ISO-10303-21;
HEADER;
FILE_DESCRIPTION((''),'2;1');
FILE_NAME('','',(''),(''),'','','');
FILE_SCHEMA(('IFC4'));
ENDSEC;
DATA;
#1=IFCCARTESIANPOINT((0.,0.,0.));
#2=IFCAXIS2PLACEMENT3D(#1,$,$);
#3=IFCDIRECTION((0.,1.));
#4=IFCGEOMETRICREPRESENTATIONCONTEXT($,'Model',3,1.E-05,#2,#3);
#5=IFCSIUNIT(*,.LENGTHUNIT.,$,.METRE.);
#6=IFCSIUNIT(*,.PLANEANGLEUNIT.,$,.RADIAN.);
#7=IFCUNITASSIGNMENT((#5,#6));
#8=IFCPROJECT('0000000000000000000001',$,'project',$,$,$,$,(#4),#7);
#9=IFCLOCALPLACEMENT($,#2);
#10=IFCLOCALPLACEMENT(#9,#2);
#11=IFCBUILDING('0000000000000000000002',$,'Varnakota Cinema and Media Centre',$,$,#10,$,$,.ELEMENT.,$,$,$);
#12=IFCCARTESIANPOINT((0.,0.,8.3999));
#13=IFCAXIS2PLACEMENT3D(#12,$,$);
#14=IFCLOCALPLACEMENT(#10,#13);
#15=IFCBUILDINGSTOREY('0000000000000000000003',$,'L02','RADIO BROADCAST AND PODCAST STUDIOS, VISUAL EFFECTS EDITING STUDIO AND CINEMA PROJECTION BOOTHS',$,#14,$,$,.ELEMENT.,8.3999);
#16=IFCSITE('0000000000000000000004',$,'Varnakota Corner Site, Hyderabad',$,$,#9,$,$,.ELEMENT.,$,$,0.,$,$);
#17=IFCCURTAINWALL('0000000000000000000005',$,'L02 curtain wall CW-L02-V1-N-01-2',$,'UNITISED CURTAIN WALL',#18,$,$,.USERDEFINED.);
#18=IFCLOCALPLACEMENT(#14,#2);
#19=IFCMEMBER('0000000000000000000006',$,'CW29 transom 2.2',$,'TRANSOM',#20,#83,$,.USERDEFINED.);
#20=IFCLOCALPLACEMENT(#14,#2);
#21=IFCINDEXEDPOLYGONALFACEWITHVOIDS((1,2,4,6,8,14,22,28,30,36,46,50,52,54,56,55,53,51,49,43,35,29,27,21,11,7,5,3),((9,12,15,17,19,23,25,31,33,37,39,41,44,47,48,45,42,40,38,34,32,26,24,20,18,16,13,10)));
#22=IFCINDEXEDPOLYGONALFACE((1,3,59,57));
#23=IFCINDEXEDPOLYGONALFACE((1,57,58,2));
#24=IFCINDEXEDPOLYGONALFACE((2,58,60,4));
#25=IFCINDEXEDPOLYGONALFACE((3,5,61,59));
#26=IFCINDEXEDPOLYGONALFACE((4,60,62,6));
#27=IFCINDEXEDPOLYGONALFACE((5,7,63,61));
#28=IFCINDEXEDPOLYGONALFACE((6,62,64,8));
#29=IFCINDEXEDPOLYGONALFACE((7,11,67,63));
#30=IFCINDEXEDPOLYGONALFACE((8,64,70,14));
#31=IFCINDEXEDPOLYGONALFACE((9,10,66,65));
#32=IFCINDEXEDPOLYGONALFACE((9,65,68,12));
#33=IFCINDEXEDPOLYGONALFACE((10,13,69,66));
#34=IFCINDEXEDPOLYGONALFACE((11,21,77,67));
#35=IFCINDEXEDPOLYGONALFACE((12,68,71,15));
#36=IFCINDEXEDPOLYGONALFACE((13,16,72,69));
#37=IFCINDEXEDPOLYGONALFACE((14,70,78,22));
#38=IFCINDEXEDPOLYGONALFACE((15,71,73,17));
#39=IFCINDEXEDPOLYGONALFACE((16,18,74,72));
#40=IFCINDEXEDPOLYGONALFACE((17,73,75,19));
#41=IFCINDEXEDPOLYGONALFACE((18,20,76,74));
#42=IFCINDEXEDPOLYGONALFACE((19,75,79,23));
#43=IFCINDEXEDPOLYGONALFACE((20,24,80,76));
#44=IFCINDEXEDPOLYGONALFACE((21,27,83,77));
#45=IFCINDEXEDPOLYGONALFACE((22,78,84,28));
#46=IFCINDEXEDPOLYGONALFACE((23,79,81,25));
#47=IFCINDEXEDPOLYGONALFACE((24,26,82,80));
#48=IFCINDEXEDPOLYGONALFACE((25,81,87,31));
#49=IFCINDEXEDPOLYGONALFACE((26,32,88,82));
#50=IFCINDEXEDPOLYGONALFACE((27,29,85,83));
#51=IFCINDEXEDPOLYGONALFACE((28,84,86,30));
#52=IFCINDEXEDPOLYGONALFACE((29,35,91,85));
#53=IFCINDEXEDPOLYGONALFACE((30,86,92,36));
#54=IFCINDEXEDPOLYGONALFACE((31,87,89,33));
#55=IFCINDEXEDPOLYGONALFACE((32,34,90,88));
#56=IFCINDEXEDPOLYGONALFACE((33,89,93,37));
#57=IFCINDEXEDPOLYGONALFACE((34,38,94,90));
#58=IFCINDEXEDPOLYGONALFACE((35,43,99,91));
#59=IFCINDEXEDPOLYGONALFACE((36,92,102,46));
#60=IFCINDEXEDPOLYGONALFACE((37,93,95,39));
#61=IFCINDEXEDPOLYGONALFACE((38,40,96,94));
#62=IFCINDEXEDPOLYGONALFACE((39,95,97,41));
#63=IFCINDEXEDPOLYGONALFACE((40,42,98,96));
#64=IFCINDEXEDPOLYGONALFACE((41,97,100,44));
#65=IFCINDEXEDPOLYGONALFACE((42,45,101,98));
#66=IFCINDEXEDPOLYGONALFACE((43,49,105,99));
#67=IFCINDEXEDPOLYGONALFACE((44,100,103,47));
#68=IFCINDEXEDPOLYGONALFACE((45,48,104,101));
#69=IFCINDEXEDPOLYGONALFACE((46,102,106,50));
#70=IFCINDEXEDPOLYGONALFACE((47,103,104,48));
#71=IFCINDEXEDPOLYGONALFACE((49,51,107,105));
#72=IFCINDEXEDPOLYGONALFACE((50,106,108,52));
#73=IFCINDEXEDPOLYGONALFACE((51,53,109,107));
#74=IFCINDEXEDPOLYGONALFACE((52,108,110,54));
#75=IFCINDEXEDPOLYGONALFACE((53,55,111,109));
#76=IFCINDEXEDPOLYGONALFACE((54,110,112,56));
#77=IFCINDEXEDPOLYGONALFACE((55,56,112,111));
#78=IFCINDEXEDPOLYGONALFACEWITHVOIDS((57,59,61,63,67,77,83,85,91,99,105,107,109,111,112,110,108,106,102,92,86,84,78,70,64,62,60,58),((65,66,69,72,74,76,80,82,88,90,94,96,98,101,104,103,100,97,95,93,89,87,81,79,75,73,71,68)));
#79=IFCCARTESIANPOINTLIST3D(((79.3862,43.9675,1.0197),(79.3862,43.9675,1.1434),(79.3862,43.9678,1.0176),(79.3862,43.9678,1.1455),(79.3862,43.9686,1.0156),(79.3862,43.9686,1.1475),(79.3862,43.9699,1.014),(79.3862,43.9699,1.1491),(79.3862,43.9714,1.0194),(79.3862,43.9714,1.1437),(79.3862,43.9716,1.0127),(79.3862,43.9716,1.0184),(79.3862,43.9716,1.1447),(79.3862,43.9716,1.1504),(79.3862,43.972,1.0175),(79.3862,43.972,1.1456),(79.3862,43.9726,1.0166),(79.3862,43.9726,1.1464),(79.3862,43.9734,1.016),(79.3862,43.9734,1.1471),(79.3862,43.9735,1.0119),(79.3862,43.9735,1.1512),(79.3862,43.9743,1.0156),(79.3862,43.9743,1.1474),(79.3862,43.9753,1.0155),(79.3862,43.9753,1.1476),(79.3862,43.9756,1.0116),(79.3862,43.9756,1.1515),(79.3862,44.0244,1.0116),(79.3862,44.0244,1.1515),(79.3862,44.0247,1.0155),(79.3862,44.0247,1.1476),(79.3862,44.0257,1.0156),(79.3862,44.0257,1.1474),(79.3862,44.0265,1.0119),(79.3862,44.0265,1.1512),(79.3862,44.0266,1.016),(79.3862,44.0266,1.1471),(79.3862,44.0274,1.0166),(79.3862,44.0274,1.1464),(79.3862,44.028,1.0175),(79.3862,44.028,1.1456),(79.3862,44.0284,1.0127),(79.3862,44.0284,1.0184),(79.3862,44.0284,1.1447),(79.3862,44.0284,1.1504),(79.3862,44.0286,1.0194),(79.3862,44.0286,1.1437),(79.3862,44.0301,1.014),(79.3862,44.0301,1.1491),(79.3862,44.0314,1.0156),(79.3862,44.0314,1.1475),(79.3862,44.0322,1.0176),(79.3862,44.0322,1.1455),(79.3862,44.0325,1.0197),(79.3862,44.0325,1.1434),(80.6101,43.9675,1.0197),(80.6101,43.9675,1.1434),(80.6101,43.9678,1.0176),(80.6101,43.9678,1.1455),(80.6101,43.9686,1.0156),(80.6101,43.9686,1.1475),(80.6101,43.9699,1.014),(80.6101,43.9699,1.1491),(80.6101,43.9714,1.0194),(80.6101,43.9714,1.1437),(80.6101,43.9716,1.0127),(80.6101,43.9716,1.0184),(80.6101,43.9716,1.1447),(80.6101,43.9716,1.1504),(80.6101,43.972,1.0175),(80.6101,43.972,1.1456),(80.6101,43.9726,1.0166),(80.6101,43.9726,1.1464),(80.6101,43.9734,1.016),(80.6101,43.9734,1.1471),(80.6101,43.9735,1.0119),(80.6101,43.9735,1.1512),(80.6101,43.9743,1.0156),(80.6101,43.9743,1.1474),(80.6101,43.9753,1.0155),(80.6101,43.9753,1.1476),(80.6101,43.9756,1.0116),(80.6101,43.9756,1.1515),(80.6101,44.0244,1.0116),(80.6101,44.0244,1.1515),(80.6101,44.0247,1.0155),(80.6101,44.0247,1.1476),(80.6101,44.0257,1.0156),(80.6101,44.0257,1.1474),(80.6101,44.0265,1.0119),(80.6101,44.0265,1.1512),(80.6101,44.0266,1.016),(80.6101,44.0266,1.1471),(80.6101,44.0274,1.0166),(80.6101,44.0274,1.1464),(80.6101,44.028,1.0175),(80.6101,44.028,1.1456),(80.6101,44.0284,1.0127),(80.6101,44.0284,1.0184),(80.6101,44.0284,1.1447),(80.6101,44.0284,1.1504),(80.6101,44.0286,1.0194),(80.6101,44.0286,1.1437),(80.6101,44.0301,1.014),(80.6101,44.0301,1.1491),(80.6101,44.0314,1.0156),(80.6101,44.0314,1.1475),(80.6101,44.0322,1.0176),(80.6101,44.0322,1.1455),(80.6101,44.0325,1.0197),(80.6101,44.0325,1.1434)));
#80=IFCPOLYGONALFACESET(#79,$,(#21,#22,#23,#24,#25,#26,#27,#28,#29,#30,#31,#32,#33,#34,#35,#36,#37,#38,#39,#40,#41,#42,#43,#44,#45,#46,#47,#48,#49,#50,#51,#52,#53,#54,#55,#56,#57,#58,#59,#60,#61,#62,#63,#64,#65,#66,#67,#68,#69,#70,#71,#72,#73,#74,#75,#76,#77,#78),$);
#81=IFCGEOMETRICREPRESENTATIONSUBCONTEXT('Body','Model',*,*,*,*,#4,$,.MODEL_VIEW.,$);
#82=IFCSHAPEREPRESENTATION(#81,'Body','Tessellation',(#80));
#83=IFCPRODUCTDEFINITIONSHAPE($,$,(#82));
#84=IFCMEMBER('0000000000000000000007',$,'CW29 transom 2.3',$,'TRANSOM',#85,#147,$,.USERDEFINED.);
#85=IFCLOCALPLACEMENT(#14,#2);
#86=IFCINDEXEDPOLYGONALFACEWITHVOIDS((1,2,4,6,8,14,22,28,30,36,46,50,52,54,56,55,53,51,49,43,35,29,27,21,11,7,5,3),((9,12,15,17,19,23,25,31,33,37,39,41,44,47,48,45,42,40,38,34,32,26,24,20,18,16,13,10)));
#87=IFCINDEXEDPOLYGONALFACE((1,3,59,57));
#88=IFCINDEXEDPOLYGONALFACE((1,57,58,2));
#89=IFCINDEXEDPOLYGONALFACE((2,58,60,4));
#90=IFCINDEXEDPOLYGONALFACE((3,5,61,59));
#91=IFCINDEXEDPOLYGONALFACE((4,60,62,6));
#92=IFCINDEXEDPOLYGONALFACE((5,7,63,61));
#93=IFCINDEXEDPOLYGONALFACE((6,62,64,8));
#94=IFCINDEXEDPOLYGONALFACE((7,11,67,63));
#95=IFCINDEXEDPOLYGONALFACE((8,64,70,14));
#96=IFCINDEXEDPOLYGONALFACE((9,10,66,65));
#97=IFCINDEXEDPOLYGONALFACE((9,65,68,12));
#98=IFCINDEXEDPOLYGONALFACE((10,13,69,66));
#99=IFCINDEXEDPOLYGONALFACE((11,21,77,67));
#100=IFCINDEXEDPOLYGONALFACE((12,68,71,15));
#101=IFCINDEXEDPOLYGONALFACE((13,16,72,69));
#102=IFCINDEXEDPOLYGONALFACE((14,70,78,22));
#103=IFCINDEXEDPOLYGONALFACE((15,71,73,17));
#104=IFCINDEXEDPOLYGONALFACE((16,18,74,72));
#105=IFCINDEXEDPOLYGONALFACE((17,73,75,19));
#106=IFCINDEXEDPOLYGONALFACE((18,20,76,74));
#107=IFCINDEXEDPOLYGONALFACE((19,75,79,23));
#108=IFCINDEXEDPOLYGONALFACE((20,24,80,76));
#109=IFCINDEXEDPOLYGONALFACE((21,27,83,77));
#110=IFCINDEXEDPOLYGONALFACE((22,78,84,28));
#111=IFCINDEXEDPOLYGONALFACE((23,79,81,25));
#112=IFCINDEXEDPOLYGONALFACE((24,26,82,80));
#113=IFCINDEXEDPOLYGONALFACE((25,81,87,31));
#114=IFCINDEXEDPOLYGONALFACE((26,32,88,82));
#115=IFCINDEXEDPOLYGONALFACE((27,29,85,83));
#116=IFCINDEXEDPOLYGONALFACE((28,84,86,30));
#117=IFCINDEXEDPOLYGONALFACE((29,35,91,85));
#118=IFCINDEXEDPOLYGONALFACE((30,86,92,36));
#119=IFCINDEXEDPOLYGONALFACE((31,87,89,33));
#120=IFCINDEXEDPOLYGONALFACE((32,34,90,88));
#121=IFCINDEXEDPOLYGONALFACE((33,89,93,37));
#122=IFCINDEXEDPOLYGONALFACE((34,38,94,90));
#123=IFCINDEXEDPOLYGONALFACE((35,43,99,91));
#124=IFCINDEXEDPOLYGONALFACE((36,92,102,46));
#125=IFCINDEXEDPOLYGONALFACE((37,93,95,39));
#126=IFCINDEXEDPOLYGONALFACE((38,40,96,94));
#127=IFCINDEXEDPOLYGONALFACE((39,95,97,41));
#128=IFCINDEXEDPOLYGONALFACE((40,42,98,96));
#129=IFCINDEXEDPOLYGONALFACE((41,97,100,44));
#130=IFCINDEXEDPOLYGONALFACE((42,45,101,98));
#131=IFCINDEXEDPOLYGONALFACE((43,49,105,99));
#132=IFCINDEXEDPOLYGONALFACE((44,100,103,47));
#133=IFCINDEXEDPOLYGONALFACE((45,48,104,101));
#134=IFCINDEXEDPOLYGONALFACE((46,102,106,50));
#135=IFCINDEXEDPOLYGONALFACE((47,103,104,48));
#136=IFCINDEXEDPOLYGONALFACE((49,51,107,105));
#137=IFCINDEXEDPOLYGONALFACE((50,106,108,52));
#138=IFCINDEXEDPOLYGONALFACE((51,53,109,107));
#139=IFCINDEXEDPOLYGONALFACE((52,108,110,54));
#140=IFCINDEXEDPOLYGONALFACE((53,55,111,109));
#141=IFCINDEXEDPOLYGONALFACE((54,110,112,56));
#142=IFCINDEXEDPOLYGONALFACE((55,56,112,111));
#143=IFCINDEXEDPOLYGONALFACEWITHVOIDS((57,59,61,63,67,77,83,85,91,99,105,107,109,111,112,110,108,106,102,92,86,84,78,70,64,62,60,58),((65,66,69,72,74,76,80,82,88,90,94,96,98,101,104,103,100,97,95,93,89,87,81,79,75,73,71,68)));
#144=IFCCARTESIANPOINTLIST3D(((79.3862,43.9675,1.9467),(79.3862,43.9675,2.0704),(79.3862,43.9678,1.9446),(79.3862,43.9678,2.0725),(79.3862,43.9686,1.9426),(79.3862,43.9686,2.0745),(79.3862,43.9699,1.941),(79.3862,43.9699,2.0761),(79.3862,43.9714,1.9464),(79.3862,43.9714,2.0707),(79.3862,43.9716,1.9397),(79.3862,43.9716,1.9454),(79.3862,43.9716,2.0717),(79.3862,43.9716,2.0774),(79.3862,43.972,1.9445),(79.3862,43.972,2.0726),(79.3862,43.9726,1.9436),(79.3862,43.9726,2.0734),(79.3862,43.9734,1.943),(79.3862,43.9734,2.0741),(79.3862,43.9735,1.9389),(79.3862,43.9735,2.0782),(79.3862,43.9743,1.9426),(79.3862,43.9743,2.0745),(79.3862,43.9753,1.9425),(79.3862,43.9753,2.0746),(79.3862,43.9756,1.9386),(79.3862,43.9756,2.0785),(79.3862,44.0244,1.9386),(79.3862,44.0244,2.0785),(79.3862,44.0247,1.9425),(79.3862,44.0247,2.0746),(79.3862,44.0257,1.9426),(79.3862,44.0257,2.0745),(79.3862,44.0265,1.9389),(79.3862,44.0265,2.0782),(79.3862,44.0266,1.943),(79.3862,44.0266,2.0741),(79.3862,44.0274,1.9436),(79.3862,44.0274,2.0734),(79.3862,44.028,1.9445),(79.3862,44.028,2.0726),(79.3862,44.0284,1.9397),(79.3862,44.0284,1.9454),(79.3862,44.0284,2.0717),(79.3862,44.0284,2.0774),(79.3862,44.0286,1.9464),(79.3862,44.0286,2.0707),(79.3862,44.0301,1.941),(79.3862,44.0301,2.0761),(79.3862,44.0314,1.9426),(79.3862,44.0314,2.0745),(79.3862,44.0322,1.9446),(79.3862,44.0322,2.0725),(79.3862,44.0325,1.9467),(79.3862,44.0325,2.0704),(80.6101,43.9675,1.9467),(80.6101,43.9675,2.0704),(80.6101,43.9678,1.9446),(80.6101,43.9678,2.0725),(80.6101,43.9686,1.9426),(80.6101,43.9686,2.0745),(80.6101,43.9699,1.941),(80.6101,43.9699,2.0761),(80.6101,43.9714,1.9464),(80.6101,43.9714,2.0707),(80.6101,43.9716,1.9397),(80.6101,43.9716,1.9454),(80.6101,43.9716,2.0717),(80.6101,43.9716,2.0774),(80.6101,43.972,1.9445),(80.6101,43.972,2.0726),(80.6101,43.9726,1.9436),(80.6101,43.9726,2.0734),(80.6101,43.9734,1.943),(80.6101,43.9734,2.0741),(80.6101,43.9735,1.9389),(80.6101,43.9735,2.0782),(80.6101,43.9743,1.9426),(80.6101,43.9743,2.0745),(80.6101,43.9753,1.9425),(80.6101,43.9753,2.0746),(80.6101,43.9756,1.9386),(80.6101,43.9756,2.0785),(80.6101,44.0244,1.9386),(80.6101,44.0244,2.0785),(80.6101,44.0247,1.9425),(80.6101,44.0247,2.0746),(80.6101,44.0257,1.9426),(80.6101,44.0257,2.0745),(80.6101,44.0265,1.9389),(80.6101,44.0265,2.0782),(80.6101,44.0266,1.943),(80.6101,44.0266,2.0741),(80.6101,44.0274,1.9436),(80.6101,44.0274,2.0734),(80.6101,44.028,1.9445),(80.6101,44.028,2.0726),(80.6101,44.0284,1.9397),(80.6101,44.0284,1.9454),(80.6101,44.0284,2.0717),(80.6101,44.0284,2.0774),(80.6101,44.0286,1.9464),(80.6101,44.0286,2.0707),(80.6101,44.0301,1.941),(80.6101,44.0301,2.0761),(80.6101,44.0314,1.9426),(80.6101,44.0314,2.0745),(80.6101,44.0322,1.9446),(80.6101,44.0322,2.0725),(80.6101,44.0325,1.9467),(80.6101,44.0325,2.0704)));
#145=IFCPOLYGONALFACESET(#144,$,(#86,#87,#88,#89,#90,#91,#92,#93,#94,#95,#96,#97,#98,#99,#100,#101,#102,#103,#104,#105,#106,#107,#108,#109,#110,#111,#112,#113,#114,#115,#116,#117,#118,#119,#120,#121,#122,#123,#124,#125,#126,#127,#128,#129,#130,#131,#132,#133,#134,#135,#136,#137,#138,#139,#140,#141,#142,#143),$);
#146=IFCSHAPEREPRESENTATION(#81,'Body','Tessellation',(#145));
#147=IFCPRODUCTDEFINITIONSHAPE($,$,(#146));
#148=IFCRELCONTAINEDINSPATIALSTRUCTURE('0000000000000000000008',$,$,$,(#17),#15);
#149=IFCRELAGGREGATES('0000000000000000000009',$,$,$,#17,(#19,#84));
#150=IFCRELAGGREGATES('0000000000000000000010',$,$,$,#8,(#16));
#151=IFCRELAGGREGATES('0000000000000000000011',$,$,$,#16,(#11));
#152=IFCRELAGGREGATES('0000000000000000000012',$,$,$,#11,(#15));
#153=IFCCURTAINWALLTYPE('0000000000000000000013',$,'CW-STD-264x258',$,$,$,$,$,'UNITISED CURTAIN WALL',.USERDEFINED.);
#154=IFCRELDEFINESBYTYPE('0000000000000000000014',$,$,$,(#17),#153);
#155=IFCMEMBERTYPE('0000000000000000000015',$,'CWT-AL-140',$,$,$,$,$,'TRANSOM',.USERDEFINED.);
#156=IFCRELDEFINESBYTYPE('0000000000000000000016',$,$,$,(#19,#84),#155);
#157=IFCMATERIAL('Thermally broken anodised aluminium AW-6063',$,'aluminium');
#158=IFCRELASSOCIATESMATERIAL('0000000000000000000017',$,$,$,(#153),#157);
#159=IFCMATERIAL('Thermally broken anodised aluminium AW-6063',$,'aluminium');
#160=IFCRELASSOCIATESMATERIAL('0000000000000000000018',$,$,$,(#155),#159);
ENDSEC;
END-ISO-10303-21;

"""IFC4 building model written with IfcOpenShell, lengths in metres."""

from ifc_helpers import new_model, si_unit, direction, frame, origin, origin_2d, place, context, subcontext, project, spatial, hollow_rectangle, extrude, material, material_profile, profile_set, type_object, element, aggregate, save


model = new_model("IFC4")

# Units and contexts
model_context = context("Model", 3, precision=1e-05, world=origin(), true_north=direction((0.0, 1.0)))
body_context = subcontext(model_context, "Body", "Model", "MODEL_VIEW")
ifc_project = project(units=[si_unit("LENGTHUNIT", "METRE"), si_unit("PLANEANGLEUNIT", "RADIAN")], contexts=[model_context])

# Site, building, storey
site_placement = place(None, origin())
site = spatial("IfcSite", under=ifc_project, at=site_placement, Name="Varnakota Corner Site, Hyderabad", CompositionType="ELEMENT", RefElevation=0.0)
building_placement = place(site_placement, origin())
building = spatial("IfcBuilding", under=site, at=building_placement, Name="Varnakota Cinema and Media Centre", CompositionType="ELEMENT")
storey_placement = place(building_placement, frame((0.0, 0.0, 8.3999)))
storey = spatial("IfcBuildingStorey", under=building, at=storey_placement, Name="L02", Description="RADIO BROADCAST AND PODCAST STUDIOS, VISUAL EFFECTS EDITING STUDIO AND CINEMA PROJECTION BOOTHS", CompositionType="ELEMENT", Elevation=8.3999)

# Shared definitions
ifc_material_1 = material(Name="Thermally broken anodised aluminium AW-6063", Category="aluminium")
curtain_wall_type = type_object("IfcCurtainWallType", Name="CW-STD-264x258", ElementType="UNITISED CURTAIN WALL", PredefinedType="USERDEFINED", material=ifc_material_1)

# Curtain wall
curtain_wall_1_placement = place(storey_placement, origin())
curtain_wall_1 = element("IfcCurtainWall", 1, at=curtain_wall_1_placement, inside=storey, type_object=curtain_wall_type, Name="L02 curtain wall CW-L02-V1-N-01-2", ObjectType="UNITISED CURTAIN WALL", PredefinedType="USERDEFINED")

# Members
ifc_material_2 = material(Name="Thermally broken anodised aluminium AW-6063", Category="aluminium")
ifc_material_profile_1 = material_profile(ifc_material_2, hollow_rectangle(XDim=0.0649, YDim=0.1399, WallThickness=0.0039, InnerFilletRadius=0.0039, OuterFilletRadius=0.0081, at=origin_2d()), Name="AL-TRANSOM 140x65x4")
ifc_profile_set_1 = profile_set([ifc_material_profile_1], Name="Thermally broken anodised aluminium AW-6063")
member_type_1 = type_object("IfcMemberType", Name="CWT-AL-140", ElementType="TRANSOM", PredefinedType="USERDEFINED", material=ifc_profile_set_1)
member_1_placement = place(storey_placement, frame((79.3862, 44.0, 1.0815), z_axis=(1.0, 0.0, 0.0), x_axis=(0.0, 1.0, 0.0)))
member_1 = element("IfcMember", 2, at=member_1_placement, type_object=member_type_1, Name="CW29 transom 2.2", ObjectType="TRANSOM", PredefinedType="USERDEFINED", context=body_context, shape_type="SweptSolid", body=[
    extrude(hollow_rectangle(XDim=0.0649, YDim=0.1399, WallThickness=0.0039, InnerFilletRadius=0.0039, OuterFilletRadius=0.0081, at=origin_2d()), origin(), (0.0, 0.0, 1.0), 1.2239),
])
member_2_placement = place(storey_placement, frame((79.3862, 44.0, 2.0085), z_axis=(1.0, 0.0, 0.0), x_axis=(0.0, 1.0, 0.0)))
member_2 = element("IfcMember", 3, at=member_2_placement, type_object=member_type_1, Name="CW29 transom 2.3", ObjectType="TRANSOM", PredefinedType="USERDEFINED", context=body_context, shape_type="SweptSolid", body=[
    extrude(hollow_rectangle(XDim=0.0649, YDim=0.1399, WallThickness=0.0039, InnerFilletRadius=0.0039, OuterFilletRadius=0.0081, at=origin_2d()), origin(), (0.0, 0.0, 1.0), 1.2239),
])

aggregate(curtain_wall_1, [member_1, member_2])

save(model, "model.ifc")
